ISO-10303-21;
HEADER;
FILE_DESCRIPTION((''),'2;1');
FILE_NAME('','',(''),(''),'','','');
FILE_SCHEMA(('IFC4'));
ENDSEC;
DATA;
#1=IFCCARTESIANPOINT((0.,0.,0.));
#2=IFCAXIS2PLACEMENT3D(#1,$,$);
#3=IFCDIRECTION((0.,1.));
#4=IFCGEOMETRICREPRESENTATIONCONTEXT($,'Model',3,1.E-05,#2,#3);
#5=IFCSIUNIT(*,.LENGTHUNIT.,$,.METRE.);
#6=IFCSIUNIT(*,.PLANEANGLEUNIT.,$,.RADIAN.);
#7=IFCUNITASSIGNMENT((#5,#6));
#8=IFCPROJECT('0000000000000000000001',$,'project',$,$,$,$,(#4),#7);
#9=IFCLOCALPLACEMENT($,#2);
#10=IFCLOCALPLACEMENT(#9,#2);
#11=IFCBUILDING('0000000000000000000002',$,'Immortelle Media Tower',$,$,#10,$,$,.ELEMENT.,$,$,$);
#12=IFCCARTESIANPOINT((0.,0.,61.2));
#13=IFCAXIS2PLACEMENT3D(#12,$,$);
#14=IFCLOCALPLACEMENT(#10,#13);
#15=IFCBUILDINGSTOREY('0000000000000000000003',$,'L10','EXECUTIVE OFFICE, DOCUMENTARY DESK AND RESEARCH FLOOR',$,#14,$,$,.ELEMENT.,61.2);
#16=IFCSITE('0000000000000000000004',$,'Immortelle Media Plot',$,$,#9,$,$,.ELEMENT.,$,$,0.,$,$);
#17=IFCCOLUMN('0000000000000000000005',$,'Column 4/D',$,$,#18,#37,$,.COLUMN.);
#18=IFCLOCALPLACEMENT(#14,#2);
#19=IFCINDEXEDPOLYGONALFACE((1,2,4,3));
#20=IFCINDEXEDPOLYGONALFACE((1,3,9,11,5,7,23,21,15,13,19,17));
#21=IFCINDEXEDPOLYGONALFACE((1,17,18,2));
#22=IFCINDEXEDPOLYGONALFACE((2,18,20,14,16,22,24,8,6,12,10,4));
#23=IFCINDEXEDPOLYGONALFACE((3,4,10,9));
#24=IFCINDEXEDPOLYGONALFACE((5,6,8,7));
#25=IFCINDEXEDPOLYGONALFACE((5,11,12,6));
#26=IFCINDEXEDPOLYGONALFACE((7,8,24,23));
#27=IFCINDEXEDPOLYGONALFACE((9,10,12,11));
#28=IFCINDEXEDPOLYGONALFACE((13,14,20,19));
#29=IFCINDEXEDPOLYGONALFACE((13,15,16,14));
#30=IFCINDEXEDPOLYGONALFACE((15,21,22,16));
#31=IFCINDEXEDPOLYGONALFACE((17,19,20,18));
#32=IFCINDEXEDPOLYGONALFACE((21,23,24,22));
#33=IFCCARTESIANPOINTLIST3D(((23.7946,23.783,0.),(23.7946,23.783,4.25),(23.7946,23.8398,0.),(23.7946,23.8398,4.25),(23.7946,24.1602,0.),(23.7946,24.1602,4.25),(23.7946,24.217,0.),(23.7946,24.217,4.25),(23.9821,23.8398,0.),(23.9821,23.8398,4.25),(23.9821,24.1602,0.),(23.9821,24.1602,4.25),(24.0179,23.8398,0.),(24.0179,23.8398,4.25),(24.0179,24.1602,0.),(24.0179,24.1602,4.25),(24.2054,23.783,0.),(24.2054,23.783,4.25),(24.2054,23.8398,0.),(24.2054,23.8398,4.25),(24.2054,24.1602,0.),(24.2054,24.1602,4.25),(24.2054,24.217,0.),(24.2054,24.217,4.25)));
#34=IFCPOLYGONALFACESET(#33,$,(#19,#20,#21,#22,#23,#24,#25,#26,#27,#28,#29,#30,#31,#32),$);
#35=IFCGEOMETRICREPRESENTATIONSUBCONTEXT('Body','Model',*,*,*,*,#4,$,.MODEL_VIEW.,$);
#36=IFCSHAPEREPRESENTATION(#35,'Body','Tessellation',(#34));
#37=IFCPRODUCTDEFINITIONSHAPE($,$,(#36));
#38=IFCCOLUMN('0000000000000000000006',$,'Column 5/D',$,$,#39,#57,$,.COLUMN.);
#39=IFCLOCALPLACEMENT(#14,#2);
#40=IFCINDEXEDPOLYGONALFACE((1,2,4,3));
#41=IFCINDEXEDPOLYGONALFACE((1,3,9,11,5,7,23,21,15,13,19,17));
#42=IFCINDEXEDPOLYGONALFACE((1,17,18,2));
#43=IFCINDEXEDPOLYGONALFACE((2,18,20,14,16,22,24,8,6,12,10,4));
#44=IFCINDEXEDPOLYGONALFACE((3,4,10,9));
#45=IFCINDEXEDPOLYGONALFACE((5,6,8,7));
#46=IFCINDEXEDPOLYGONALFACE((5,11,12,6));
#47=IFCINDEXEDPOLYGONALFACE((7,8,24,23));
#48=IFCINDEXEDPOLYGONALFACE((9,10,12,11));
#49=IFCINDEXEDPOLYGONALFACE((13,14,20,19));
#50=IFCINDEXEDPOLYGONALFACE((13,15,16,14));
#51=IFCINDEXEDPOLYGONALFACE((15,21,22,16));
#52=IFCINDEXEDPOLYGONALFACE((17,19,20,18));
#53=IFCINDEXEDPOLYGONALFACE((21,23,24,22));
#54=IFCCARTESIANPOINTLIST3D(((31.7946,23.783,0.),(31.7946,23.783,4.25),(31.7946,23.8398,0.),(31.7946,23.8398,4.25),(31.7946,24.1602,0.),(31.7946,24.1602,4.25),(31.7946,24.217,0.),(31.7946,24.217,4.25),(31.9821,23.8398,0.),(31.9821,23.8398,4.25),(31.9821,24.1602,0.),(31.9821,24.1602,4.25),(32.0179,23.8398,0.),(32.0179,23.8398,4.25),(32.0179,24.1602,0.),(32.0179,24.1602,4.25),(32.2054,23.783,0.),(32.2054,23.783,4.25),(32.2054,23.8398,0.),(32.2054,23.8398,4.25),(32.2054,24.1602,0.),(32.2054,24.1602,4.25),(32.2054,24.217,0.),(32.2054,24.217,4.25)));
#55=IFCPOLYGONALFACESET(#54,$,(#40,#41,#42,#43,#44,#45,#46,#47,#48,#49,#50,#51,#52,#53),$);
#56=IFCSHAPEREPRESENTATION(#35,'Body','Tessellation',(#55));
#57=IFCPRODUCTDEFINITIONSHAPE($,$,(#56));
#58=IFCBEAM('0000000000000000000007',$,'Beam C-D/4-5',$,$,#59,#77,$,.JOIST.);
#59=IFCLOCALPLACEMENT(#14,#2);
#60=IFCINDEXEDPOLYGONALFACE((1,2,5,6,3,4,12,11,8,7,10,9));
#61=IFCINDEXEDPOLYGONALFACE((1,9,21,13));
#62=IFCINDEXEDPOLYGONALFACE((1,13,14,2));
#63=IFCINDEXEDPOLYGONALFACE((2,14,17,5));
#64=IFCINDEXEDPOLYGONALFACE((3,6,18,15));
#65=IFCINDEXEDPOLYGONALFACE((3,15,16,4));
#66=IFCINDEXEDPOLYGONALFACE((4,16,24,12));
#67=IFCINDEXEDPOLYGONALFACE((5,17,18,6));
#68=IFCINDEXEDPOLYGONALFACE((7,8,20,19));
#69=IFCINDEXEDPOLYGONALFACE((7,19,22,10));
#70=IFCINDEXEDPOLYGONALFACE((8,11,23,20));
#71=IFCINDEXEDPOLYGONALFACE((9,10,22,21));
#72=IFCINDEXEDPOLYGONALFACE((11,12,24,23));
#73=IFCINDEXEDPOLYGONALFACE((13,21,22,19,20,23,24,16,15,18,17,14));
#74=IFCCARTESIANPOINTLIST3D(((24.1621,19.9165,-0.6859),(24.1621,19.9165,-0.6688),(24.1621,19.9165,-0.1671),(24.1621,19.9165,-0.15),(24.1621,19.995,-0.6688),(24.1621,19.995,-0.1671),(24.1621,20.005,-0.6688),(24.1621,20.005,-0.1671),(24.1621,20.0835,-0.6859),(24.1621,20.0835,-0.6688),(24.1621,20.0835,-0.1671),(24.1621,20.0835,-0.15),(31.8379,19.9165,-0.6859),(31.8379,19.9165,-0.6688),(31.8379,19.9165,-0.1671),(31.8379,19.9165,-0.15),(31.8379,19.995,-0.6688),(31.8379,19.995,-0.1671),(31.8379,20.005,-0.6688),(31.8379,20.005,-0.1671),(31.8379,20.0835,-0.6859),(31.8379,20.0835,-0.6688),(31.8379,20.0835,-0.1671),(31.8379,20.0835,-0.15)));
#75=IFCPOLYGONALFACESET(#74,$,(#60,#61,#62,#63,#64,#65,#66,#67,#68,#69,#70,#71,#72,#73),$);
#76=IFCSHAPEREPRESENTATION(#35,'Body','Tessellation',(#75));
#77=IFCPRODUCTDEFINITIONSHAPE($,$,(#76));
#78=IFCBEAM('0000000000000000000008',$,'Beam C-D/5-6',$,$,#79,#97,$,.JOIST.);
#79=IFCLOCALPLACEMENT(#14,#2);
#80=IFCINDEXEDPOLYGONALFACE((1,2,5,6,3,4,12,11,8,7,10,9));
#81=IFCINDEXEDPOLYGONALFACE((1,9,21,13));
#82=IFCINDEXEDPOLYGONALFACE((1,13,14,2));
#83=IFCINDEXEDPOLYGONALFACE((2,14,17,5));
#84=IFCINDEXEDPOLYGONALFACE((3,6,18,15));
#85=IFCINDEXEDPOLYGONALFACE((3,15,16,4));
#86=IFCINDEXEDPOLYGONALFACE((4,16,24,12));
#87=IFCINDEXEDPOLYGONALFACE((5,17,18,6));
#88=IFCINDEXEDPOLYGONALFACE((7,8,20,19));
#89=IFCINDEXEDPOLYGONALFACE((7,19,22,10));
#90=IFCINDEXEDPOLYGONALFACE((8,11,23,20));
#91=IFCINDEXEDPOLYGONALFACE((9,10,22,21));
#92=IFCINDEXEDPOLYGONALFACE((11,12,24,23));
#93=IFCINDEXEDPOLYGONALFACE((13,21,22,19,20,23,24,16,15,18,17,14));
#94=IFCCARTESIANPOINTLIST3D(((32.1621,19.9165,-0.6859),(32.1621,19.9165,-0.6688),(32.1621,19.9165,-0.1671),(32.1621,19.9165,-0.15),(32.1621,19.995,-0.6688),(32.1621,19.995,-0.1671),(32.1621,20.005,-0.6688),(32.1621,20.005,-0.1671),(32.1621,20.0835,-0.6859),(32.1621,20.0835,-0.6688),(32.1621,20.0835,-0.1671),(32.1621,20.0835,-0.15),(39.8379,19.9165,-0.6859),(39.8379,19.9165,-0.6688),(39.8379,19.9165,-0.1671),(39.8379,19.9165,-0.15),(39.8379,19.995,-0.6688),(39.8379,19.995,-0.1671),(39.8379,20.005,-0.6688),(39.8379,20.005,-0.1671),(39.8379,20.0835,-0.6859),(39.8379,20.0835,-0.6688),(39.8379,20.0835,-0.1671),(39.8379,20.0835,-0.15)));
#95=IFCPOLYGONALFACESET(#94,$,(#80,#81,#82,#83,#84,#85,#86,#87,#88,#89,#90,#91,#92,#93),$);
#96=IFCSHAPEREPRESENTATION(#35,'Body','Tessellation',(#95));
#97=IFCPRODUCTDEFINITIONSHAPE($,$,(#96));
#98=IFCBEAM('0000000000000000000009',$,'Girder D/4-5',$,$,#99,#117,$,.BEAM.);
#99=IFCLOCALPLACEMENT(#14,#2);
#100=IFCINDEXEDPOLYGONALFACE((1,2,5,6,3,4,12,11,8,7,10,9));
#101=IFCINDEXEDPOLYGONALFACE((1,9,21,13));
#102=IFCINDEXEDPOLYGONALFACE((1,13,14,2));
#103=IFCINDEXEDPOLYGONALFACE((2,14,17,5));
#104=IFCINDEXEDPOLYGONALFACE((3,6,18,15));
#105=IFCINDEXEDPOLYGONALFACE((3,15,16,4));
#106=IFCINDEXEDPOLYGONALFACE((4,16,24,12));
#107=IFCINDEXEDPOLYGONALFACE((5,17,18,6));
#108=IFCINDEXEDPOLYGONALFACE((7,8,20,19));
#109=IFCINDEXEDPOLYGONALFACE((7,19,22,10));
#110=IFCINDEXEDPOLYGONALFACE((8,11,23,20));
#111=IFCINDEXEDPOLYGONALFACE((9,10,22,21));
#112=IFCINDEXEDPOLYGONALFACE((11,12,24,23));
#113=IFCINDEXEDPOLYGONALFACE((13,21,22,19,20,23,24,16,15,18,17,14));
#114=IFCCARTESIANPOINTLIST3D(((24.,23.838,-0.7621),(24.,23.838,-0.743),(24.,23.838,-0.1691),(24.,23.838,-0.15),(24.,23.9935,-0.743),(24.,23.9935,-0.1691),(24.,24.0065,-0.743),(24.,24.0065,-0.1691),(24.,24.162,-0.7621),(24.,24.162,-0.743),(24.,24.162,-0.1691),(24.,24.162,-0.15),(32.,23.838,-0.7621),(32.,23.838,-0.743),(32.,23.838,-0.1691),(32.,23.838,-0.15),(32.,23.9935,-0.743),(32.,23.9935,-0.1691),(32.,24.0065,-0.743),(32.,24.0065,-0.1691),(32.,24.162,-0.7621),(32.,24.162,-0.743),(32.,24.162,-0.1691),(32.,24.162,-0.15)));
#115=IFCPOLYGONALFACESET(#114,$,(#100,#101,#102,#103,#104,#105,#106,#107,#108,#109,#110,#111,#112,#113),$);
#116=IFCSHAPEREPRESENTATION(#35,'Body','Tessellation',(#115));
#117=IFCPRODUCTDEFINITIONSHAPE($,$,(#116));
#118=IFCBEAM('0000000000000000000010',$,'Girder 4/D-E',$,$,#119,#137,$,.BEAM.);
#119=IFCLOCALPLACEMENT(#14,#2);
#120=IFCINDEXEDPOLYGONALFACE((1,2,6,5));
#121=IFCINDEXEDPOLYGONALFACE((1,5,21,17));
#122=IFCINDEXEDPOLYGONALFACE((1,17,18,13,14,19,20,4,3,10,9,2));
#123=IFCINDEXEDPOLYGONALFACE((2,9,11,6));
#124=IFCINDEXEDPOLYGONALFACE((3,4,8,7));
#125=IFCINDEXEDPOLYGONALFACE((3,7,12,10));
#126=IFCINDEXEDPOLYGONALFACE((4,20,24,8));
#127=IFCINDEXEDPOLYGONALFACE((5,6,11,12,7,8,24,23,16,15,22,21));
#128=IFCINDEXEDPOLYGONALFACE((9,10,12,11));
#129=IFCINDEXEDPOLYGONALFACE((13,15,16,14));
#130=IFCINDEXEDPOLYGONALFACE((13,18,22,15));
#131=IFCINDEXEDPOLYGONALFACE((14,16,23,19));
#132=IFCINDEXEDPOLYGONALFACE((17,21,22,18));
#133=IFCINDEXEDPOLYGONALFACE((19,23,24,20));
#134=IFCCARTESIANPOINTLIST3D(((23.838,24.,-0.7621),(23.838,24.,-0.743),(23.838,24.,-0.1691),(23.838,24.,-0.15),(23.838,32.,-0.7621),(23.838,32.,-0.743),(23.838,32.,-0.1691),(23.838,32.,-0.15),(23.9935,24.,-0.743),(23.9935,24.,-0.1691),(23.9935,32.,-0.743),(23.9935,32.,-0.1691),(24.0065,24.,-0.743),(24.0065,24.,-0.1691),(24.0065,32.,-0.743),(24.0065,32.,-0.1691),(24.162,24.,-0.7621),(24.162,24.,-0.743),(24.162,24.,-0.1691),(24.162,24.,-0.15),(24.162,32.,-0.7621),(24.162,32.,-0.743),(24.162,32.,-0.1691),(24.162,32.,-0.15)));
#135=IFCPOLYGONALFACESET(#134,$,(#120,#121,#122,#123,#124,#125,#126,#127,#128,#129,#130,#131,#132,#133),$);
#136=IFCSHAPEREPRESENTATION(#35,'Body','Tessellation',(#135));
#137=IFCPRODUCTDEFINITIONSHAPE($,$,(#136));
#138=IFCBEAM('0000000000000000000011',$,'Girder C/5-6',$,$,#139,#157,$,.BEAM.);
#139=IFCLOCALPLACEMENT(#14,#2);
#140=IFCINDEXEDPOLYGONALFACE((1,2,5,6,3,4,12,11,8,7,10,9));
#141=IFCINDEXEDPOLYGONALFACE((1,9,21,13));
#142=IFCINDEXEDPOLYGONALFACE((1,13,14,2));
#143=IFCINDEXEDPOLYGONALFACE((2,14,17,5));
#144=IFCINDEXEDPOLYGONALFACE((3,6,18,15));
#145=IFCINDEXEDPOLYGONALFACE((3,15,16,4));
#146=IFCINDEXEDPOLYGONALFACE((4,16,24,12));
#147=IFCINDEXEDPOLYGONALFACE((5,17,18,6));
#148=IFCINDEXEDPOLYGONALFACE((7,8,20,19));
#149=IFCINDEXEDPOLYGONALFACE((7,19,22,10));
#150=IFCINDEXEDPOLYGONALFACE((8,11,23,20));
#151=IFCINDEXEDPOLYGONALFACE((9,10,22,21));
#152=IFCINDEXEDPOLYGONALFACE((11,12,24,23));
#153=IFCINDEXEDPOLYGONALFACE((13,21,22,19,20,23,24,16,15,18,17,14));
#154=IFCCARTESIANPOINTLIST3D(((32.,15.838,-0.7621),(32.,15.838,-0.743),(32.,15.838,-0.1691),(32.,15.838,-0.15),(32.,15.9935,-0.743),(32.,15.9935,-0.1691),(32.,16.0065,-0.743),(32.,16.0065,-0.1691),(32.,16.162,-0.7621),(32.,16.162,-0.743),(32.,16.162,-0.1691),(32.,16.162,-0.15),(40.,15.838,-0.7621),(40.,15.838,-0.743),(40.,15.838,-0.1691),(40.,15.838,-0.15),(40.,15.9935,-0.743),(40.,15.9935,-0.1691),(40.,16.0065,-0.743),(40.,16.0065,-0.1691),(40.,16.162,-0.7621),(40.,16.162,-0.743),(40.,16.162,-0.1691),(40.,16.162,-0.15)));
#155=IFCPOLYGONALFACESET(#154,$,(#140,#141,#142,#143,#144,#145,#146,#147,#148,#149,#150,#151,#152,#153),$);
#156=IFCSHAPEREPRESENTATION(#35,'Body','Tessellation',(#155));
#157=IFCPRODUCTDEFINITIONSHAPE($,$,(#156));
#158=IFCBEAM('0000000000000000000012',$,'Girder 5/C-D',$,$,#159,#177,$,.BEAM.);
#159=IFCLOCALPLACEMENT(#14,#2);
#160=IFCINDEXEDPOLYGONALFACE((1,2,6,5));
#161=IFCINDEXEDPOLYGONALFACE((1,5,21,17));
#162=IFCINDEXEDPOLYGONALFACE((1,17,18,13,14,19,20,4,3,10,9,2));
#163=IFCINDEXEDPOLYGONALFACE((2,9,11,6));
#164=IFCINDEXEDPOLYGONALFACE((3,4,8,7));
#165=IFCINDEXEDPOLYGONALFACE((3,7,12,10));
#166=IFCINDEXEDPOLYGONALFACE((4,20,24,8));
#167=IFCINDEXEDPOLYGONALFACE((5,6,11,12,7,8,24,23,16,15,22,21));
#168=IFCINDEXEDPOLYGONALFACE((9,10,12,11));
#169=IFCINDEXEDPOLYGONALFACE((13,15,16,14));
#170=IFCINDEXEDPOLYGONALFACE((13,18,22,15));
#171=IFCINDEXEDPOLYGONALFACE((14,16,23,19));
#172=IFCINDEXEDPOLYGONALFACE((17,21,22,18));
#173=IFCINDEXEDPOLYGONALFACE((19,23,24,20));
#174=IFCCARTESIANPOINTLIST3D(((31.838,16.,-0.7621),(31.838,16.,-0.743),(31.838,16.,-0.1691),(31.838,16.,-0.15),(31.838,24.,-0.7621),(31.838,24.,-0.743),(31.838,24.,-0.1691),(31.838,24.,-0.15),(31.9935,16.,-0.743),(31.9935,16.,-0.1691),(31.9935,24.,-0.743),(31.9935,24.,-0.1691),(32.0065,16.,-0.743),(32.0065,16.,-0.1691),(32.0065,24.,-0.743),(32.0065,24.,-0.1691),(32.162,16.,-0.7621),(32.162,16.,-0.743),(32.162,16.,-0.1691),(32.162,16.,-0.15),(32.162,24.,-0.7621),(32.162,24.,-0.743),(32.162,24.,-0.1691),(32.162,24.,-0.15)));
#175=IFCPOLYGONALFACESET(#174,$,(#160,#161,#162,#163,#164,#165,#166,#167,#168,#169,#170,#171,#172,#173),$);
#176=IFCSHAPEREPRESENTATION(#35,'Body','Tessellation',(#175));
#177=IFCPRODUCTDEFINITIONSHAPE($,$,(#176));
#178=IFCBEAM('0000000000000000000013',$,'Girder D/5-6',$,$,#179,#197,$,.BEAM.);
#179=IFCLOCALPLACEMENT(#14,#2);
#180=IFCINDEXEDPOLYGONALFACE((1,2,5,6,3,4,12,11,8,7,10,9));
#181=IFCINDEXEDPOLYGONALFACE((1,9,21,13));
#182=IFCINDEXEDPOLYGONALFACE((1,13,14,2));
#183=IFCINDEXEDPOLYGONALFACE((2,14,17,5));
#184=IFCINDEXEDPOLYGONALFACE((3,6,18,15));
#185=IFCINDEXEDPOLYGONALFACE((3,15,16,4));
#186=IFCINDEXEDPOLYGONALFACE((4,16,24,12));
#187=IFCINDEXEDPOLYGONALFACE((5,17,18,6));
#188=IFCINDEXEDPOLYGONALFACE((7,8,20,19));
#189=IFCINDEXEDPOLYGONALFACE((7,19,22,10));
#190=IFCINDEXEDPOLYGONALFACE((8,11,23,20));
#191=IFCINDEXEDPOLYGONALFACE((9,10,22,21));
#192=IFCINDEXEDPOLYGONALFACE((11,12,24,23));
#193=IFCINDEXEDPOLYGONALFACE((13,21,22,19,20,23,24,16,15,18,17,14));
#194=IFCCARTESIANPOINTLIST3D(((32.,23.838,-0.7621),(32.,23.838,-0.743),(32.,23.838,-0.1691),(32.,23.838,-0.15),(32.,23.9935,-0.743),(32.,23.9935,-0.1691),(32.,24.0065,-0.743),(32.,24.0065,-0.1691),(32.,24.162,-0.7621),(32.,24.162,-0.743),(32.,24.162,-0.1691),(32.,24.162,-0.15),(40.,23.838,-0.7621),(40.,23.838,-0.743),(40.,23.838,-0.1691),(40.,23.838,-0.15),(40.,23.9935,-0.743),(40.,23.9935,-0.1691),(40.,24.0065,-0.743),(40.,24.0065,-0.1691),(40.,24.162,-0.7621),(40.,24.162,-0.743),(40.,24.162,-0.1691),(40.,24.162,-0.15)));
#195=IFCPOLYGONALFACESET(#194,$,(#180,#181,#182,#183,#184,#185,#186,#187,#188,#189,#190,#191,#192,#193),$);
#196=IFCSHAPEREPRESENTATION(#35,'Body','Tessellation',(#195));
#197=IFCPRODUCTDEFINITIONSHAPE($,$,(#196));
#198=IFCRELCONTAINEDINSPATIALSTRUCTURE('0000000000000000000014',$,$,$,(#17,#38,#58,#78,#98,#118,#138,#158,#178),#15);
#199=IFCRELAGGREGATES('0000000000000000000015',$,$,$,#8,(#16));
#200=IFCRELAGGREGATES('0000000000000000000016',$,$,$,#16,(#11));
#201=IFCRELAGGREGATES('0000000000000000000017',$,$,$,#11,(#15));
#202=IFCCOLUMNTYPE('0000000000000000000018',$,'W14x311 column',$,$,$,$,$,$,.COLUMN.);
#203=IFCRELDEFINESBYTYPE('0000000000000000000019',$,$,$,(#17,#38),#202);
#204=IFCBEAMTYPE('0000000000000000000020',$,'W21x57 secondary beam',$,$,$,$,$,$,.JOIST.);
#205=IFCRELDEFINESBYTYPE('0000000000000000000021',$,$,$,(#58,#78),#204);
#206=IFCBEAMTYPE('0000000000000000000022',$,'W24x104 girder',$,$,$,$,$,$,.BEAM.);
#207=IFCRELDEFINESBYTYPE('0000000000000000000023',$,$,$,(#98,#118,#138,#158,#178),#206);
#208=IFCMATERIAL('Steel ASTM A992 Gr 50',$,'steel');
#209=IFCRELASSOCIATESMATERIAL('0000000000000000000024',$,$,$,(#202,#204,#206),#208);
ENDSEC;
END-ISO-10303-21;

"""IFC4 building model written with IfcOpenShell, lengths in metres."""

from ifc_helpers import new_model, si_unit, direction, frame, origin, origin_2d, place, context, subcontext, project, spatial, i_section, extrude, material, material_profile, profile_set, type_object, element, save


model = new_model("IFC4")

# Units and contexts
model_context = context("Model", 3, precision=1e-05, world=origin(), true_north=direction((0.0, 1.0)))
body_context = subcontext(model_context, "Body", "Model", "MODEL_VIEW")
ifc_project = project(units=[si_unit("LENGTHUNIT", "METRE"), si_unit("PLANEANGLEUNIT", "RADIAN")], contexts=[model_context])

# Site, building, storey
site_placement = place(None, origin())
site = spatial("IfcSite", under=ifc_project, at=site_placement, Name="Immortelle Media Plot", CompositionType="ELEMENT", RefElevation=0.0)
building_placement = place(site_placement, origin())
building = spatial("IfcBuilding", under=site, at=building_placement, Name="Immortelle Media Tower", CompositionType="ELEMENT")
storey_placement = place(building_placement, frame((0.0, 0.0, 61.2)))
storey = spatial("IfcBuildingStorey", under=building, at=storey_placement, Name="L10", Description="EXECUTIVE OFFICE, DOCUMENTARY DESK AND RESEARCH FLOOR", CompositionType="ELEMENT", Elevation=61.2)

# Columns
ifc_material_1 = material(Name="Steel ASTM A992 Gr 50", Category="steel")
ifc_material_profile_1 = material_profile(ifc_material_1, i_section(OverallWidth=0.4109, OverallDepth=0.4341, WebThickness=0.0359, FlangeThickness=0.0569, at=origin_2d()), Name="W14x311")
ifc_profile_set_1 = profile_set([ifc_material_profile_1], Name="Steel ASTM A992 Gr 50")
column_type = type_object("IfcColumnType", Name="W14x311 column", PredefinedType="COLUMN", material=ifc_profile_set_1)
for number, where, z_axis, x_axis, name in (
    (1, (24.0, 24.0, 0.0), (0.0, 0.0, 1.0), (1.0, 0.0, 0.0), "Column 4/D"),
    (2, (32.0, 24.0, 0.0), (0.0, 0.0, 1.0), (1.0, 0.0, 0.0), "Column 5/D"),
):
    element("IfcColumn", number, at=place(storey_placement, frame(where, z_axis=z_axis, x_axis=x_axis)), inside=storey, type_object=column_type, Name=name, PredefinedType="COLUMN", context=body_context, shape_type="SweptSolid", body=[
        extrude(i_section(OverallWidth=0.4109, OverallDepth=0.4341, WebThickness=0.0359, FlangeThickness=0.0569, at=origin_2d()), origin(), (0.0, 0.0, 1.0), 4.25),
    ])

# Beams
ifc_material_profile_2 = material_profile(ifc_material_1, i_section(OverallWidth=0.167, OverallDepth=0.5359, WebThickness=0.01, FlangeThickness=0.0171, at=origin_2d()), Name="W21x57")
ifc_profile_set_2 = profile_set([ifc_material_profile_2], Name="Steel ASTM A992 Gr 50")
beam_type_1 = type_object("IfcBeamType", Name="W21x57 secondary beam", PredefinedType="JOIST", material=ifc_profile_set_2)
for number, where, z_axis, x_axis, name in (
    (3, (24.1621, 20.0, -0.418), (1.0, 0.0, 0.0), (0.0, 1.0, 0.0), "Beam C-D/4-5"),
    (4, (32.1621, 20.0, -0.418), (1.0, 0.0, 0.0), (0.0, 1.0, 0.0), "Beam C-D/5-6"),
):
    element("IfcBeam", number, at=place(storey_placement, frame(where, z_axis=z_axis, x_axis=x_axis)), inside=storey, type_object=beam_type_1, Name=name, PredefinedType="JOIST", context=body_context, shape_type="SweptSolid", body=[
        extrude(i_section(OverallWidth=0.167, OverallDepth=0.5359, WebThickness=0.01, FlangeThickness=0.0171, at=origin_2d()), origin(), (0.0, 0.0, 1.0), 7.6758),
    ])
ifc_material_profile_3 = material_profile(ifc_material_1, i_section(OverallWidth=0.324, OverallDepth=0.6121, WebThickness=0.0129, FlangeThickness=0.019, at=origin_2d()), Name="W24x104")
ifc_profile_set_3 = profile_set([ifc_material_profile_3], Name="Steel ASTM A992 Gr 50")
beam_type_2 = type_object("IfcBeamType", Name="W24x104 girder", PredefinedType="BEAM", material=ifc_profile_set_3)
for number, where, z_axis, x_axis, name in (
    (5, (24.0, 24.0, -0.4561), (1.0, 0.0, 0.0), (0.0, 1.0, 0.0), "Girder D/4-5"),
    (6, (24.0, 24.0, -0.4561), (0.0, 1.0, 0.0), (-1.0, 0.0, 0.0), "Girder 4/D-E"),
    (7, (32.0, 16.0, -0.4561), (1.0, 0.0, 0.0), (0.0, 1.0, 0.0), "Girder C/5-6"),
    (8, (32.0, 16.0, -0.4561), (0.0, 1.0, 0.0), (-1.0, 0.0, 0.0), "Girder 5/C-D"),
    (9, (32.0, 24.0, -0.4561), (1.0, 0.0, 0.0), (0.0, 1.0, 0.0), "Girder D/5-6"),
):
    element("IfcBeam", number, at=place(storey_placement, frame(where, z_axis=z_axis, x_axis=x_axis)), inside=storey, type_object=beam_type_2, Name=name, PredefinedType="BEAM", context=body_context, shape_type="SweptSolid", body=[
        extrude(i_section(OverallWidth=0.324, OverallDepth=0.6121, WebThickness=0.0129, FlangeThickness=0.019, at=origin_2d()), origin(), (0.0, 0.0, 1.0), 8.0),
    ])

save(model, "model.ifc")
